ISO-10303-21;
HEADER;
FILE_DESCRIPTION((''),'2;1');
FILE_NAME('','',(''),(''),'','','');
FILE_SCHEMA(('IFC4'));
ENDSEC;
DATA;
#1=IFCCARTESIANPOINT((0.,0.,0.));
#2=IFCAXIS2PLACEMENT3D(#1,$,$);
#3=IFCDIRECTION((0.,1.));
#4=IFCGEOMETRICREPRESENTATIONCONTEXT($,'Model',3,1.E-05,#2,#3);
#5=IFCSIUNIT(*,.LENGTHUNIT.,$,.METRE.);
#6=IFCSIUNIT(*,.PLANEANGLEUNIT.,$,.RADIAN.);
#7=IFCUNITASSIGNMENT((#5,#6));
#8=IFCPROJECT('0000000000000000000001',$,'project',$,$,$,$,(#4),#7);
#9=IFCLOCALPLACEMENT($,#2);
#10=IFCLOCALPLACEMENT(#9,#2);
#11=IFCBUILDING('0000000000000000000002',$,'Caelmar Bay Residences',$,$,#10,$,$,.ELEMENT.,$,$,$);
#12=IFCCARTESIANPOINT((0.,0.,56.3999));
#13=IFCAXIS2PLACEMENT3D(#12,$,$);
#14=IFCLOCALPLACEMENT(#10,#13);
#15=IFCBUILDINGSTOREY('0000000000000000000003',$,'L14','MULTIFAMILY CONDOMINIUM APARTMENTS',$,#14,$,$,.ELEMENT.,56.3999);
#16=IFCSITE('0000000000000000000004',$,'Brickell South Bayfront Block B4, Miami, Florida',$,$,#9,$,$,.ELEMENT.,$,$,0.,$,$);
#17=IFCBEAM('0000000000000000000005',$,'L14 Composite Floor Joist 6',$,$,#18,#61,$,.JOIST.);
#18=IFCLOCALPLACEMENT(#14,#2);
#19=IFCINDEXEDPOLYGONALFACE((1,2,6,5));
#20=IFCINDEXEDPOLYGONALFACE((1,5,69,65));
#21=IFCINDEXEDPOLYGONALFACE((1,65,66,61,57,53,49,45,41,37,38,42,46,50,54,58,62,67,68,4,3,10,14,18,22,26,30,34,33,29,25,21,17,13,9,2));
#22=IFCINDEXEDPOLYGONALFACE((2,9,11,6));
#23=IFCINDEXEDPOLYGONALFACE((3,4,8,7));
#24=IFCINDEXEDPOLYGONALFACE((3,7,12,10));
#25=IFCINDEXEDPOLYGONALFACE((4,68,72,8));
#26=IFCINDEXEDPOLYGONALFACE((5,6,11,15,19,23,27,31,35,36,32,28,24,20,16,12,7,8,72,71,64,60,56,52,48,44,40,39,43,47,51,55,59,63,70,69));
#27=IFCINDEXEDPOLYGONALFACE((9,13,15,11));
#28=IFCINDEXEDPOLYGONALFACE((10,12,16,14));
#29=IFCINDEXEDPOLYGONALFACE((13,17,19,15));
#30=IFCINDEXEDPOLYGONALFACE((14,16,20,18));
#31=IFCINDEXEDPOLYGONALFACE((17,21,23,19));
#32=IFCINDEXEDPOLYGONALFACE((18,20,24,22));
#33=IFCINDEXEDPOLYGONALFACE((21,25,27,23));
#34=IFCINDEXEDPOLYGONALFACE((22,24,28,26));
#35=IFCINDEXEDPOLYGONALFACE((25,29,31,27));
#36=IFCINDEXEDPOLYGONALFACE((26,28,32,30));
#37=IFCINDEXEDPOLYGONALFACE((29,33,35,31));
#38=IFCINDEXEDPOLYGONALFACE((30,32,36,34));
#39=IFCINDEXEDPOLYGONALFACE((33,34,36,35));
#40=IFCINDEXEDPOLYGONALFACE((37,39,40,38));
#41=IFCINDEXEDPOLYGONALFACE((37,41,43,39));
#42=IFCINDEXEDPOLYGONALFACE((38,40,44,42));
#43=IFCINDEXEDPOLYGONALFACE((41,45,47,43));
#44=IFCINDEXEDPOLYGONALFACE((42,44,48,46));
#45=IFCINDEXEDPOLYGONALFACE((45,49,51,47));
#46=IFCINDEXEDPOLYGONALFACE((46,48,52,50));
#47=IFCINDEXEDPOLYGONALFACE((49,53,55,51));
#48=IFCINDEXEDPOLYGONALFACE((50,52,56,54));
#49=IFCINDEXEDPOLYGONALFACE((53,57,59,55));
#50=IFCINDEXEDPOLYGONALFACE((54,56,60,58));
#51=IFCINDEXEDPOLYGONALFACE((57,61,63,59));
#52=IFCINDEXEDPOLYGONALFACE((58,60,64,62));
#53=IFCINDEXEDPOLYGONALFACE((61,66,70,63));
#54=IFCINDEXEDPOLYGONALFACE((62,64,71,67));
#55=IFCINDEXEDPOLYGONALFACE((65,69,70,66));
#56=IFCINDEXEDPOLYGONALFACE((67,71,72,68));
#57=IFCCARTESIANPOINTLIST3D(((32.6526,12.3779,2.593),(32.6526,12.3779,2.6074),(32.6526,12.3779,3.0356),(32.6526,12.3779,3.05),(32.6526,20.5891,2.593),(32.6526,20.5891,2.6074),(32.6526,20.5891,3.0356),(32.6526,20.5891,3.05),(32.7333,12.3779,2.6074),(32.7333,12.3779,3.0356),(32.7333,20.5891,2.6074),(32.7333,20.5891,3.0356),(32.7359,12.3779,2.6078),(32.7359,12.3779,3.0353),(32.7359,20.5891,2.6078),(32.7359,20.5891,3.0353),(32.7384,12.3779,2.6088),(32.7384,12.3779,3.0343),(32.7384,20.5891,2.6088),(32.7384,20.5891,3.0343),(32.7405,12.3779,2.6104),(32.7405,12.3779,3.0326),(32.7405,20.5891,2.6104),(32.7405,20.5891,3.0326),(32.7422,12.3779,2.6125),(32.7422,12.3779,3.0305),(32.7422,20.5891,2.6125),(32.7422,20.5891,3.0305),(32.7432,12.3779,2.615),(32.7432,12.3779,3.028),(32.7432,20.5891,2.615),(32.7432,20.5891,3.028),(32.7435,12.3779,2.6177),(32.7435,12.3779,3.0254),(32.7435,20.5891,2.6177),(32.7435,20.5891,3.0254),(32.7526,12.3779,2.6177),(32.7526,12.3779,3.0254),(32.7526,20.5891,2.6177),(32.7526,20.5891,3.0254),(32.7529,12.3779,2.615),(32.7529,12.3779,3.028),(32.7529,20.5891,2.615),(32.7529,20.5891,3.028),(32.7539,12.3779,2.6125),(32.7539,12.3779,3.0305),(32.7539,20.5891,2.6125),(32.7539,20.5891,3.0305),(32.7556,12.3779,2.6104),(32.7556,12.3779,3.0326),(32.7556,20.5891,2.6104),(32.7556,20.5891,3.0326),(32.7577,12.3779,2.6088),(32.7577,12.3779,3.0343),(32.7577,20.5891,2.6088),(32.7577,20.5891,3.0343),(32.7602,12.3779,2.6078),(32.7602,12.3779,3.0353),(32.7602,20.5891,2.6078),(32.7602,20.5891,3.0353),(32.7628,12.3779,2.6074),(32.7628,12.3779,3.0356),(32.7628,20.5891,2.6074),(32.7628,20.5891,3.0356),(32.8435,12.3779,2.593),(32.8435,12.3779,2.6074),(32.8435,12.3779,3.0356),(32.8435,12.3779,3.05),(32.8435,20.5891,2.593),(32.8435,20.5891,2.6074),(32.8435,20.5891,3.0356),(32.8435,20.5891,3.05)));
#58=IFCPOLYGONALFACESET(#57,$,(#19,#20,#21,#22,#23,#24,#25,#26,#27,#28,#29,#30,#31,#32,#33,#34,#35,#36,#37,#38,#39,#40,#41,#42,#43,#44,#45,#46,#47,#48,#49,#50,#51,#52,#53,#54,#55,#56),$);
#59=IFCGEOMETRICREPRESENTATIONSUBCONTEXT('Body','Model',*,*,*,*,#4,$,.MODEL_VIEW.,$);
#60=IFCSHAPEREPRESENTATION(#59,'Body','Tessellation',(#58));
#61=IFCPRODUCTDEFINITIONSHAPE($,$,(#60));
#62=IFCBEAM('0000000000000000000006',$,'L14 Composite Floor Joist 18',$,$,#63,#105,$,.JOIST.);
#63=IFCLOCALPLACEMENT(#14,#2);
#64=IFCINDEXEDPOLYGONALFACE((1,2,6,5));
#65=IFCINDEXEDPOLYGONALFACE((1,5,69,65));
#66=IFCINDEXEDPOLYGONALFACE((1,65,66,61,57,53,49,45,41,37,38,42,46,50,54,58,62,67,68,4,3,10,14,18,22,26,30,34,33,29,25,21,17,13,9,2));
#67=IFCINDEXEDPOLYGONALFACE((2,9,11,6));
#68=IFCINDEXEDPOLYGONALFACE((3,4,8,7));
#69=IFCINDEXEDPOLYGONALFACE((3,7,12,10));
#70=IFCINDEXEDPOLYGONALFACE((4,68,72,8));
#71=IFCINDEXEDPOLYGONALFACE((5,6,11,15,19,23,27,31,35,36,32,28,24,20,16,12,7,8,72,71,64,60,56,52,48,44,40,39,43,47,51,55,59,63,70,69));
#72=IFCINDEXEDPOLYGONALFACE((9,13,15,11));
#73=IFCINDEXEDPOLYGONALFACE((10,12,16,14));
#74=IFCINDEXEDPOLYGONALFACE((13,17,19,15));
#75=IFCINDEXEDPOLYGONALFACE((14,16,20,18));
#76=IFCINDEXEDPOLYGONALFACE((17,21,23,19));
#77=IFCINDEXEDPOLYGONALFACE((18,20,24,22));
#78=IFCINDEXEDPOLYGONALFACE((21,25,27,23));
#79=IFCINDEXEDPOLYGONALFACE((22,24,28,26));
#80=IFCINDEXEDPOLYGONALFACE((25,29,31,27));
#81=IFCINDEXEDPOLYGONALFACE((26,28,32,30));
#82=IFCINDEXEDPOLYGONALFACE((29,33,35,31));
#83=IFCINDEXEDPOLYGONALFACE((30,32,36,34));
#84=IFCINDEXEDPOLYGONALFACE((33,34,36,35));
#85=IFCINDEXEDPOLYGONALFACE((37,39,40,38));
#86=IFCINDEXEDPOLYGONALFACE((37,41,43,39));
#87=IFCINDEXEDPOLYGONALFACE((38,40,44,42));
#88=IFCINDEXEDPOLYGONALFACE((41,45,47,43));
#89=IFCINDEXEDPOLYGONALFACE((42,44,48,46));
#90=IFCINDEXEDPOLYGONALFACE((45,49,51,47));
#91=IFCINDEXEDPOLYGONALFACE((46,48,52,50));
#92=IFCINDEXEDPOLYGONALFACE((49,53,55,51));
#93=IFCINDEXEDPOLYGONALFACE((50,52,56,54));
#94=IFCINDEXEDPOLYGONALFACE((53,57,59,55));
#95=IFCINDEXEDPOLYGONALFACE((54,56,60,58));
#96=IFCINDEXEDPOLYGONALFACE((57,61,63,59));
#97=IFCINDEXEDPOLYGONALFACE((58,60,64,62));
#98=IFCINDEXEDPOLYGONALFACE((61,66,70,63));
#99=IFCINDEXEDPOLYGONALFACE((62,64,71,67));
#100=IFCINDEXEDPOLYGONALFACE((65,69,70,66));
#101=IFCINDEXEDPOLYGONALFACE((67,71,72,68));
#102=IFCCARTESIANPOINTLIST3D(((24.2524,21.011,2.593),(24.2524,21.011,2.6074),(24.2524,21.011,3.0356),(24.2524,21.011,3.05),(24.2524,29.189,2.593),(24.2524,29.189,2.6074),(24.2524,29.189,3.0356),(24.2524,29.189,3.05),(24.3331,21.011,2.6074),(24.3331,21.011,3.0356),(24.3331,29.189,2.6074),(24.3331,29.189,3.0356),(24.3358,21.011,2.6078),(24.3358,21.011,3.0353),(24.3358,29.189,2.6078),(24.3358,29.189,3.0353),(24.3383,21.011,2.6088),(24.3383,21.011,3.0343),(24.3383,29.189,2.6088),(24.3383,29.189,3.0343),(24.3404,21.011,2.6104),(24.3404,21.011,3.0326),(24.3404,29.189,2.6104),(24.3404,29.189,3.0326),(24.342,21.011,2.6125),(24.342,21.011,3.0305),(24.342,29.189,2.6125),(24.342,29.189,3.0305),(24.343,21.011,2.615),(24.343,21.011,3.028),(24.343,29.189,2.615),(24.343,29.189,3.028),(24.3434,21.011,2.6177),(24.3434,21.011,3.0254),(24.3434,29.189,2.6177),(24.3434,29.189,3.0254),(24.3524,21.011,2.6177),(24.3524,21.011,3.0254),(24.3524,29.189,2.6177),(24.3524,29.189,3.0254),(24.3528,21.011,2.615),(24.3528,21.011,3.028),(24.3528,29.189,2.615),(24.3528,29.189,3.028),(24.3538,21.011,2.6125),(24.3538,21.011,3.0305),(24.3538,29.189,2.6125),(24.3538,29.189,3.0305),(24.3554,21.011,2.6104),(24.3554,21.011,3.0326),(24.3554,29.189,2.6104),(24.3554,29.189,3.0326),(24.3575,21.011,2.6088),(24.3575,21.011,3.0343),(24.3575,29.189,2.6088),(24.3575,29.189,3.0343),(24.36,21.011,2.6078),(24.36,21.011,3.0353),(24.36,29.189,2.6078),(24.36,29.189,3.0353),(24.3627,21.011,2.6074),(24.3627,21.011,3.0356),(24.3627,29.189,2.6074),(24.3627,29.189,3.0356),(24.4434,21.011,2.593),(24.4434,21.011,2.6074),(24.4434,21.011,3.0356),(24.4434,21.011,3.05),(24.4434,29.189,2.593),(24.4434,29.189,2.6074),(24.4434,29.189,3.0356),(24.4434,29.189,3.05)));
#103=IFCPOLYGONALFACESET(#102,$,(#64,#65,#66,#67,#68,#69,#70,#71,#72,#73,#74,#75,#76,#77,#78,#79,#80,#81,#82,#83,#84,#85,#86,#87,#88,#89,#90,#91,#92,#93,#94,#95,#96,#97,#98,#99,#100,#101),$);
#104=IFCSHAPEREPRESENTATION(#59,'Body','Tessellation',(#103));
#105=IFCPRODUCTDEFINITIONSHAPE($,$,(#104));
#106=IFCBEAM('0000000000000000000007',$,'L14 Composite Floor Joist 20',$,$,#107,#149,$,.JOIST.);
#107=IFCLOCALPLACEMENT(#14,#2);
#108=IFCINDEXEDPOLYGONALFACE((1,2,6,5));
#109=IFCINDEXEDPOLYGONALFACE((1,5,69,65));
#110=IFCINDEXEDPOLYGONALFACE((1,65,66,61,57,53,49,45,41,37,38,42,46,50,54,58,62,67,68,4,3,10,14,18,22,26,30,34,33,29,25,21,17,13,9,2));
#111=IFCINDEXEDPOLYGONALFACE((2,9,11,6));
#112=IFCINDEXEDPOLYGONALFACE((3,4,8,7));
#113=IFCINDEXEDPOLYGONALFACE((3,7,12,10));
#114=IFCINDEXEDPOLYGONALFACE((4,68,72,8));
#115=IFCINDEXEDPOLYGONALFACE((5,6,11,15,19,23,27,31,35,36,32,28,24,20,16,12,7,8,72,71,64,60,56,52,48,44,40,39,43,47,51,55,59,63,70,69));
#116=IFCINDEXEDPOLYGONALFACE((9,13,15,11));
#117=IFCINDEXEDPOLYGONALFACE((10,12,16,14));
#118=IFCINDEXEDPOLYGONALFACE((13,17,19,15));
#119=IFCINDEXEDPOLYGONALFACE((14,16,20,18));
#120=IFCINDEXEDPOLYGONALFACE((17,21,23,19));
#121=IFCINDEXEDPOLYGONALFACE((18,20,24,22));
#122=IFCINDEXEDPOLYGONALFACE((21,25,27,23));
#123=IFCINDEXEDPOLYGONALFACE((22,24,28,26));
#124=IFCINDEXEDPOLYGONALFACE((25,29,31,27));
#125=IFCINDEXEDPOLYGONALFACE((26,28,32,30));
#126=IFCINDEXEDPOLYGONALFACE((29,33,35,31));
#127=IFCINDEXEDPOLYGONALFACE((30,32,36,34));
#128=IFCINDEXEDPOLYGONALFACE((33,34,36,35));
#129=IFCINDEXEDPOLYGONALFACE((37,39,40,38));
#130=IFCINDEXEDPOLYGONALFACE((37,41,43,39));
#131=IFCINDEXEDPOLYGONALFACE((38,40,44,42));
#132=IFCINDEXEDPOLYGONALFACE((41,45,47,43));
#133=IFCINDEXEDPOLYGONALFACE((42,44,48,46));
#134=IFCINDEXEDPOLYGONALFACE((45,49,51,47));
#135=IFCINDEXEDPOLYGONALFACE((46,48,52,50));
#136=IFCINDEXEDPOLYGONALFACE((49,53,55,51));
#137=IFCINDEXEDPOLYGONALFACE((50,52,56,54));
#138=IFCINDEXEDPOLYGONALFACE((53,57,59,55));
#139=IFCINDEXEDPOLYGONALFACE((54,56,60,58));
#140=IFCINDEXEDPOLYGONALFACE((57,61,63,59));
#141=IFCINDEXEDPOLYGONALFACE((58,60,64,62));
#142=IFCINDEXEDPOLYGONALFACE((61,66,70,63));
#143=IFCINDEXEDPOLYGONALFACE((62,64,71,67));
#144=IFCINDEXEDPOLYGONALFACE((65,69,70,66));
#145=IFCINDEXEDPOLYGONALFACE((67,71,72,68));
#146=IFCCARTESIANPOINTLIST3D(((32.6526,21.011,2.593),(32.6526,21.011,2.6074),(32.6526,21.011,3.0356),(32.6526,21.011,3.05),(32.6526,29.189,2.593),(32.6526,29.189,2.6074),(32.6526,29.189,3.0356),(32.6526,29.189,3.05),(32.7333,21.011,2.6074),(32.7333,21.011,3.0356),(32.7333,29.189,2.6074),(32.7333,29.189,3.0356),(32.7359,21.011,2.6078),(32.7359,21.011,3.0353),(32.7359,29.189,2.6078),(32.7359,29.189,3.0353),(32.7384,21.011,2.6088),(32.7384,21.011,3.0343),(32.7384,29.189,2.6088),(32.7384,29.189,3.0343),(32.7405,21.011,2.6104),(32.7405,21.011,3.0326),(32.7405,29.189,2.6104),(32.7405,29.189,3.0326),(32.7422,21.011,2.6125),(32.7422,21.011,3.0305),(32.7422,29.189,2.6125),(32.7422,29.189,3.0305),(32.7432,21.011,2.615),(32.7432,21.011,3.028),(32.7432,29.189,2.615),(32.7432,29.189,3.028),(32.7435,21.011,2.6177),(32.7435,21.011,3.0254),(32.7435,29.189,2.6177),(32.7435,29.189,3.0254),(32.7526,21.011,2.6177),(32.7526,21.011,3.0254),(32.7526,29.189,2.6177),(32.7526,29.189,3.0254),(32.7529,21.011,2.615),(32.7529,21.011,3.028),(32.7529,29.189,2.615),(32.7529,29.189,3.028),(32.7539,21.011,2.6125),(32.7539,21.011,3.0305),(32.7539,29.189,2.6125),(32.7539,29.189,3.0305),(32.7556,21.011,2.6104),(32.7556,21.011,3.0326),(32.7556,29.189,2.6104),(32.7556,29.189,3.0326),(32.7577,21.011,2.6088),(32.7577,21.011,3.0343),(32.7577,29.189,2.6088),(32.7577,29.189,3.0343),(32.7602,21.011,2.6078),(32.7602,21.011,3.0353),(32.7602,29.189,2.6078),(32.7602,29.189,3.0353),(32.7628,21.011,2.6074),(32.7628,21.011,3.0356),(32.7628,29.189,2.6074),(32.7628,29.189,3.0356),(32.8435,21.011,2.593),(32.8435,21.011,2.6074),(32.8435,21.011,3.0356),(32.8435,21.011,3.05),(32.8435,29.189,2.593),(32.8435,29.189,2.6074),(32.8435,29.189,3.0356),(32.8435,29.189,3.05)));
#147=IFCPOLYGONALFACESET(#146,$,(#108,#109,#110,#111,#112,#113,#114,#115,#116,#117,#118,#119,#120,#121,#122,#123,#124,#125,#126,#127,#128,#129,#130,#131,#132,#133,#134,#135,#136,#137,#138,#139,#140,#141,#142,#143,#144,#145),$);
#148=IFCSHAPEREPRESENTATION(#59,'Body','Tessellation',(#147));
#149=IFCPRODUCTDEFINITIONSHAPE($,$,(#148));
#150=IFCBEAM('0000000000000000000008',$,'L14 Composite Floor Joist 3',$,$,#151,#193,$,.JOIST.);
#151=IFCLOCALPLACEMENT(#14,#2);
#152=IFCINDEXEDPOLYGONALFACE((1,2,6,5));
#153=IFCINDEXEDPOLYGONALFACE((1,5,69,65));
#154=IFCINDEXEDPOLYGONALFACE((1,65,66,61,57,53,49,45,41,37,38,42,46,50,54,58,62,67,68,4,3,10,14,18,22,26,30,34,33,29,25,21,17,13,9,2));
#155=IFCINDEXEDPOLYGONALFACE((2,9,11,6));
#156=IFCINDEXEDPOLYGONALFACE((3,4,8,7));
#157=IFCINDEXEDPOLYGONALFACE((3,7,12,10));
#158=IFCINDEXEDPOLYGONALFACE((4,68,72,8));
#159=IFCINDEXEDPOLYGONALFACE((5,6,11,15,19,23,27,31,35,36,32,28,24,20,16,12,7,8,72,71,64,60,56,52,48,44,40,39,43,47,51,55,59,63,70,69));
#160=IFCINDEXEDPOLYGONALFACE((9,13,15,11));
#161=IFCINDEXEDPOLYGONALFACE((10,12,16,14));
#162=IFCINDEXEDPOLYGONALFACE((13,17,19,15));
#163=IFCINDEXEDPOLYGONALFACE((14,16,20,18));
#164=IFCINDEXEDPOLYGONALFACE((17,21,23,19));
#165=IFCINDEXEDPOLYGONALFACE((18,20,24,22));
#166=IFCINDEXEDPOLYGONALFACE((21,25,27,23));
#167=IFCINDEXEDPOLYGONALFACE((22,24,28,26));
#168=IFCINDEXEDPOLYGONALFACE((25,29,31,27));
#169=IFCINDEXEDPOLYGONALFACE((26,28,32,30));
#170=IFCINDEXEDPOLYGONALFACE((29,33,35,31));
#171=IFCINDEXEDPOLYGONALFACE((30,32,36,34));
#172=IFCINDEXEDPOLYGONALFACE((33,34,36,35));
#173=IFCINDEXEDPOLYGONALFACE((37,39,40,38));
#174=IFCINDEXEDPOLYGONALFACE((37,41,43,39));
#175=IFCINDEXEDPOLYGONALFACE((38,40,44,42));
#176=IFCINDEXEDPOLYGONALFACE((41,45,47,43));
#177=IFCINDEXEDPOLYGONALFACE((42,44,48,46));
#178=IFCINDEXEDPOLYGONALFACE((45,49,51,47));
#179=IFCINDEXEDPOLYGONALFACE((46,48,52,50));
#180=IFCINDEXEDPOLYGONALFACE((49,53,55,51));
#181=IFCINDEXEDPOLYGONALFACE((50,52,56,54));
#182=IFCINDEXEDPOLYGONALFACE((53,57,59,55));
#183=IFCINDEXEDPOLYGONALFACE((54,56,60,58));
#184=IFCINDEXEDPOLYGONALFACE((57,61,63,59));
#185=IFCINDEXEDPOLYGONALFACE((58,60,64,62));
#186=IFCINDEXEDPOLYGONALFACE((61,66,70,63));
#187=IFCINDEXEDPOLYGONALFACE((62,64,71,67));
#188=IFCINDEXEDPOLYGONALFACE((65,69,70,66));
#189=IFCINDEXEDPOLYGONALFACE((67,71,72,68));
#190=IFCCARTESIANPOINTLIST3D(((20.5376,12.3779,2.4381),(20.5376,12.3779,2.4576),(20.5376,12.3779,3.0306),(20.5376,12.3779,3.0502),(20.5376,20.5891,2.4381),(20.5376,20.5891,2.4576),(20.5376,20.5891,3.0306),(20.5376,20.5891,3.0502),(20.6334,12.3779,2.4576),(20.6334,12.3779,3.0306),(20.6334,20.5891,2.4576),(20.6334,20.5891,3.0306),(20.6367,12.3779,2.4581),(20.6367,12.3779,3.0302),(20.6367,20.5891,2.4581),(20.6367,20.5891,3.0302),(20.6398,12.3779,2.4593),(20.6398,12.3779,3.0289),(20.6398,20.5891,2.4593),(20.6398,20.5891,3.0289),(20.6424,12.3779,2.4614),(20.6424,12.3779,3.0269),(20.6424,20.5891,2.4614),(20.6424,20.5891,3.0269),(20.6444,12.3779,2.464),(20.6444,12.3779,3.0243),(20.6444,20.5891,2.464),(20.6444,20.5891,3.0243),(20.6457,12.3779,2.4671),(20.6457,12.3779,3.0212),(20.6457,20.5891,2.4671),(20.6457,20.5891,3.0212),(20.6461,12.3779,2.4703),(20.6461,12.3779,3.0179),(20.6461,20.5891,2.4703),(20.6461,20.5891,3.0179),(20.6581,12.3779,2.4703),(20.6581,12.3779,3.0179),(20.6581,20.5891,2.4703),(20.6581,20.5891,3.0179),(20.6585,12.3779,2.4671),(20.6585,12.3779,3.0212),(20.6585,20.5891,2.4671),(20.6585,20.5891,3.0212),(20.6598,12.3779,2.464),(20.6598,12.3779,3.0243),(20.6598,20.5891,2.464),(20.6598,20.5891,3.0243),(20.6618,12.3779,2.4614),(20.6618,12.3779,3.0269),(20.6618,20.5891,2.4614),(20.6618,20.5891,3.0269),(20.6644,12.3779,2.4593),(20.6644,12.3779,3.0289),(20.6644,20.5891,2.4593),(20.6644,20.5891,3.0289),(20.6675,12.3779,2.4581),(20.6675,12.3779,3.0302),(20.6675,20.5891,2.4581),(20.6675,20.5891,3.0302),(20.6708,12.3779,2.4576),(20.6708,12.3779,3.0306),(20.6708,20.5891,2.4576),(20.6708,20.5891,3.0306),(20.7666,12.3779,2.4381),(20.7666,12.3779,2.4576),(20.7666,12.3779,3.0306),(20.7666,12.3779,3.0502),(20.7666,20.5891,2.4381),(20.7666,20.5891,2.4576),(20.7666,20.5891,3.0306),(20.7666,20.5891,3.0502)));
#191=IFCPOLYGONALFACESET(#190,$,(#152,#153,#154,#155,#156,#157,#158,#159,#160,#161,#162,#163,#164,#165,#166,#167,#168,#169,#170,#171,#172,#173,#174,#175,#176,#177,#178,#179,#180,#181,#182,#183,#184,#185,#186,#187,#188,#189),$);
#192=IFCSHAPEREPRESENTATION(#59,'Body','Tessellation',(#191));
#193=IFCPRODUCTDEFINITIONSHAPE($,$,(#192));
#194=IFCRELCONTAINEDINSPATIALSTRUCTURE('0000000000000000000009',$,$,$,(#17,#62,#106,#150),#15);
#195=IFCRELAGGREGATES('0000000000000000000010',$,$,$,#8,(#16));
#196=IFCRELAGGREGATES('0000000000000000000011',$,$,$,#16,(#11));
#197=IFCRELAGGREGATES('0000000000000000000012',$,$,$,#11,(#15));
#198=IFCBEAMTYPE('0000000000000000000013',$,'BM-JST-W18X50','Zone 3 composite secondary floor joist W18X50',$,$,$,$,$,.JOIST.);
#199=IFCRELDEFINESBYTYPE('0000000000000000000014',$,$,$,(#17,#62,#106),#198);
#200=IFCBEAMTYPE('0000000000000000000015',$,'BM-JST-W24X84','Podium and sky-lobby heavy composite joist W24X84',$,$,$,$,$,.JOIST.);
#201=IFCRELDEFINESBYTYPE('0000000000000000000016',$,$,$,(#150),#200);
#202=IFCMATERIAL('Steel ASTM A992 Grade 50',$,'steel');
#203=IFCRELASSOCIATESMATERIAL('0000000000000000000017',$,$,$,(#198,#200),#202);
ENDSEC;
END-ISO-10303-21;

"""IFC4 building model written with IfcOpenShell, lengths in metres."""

from ifc_helpers import new_model, si_unit, direction, frame, origin, origin_2d, place, context, subcontext, project, spatial, i_section, extrude, material, material_profile, profile_set, type_object, element, save


model = new_model("IFC4")

# Units and contexts
model_context = context("Model", 3, precision=1e-05, world=origin(), true_north=direction((0.0, 1.0)))
body_context = subcontext(model_context, "Body", "Model", "MODEL_VIEW")
ifc_project = project(units=[si_unit("LENGTHUNIT", "METRE"), si_unit("PLANEANGLEUNIT", "RADIAN")], contexts=[model_context])

# Site, building, storey
site_placement = place(None, origin())
site = spatial("IfcSite", under=ifc_project, at=site_placement, Name="Brickell South Bayfront Block B4, Miami, Florida", CompositionType="ELEMENT", RefElevation=0.0)
building_placement = place(site_placement, origin())
building = spatial("IfcBuilding", under=site, at=building_placement, Name="Caelmar Bay Residences", CompositionType="ELEMENT")
storey_placement = place(building_placement, frame((0.0, 0.0, 56.3999)))
storey = spatial("IfcBuildingStorey", under=building, at=storey_placement, Name="L14", Description="MULTIFAMILY CONDOMINIUM APARTMENTS", CompositionType="ELEMENT", Elevation=56.3999)

# Beams
ifc_material_1 = material(Name="Steel ASTM A992 Grade 50", Category="steel")
ifc_material_profile_1 = material_profile(ifc_material_1, i_section(OverallWidth=0.1909, OverallDepth=0.457, WebThickness=0.009, FlangeThickness=0.0144, FilletRadius=0.0103, at=origin_2d()), Name="W18X50")
ifc_profile_set_1 = profile_set([ifc_material_profile_1], Name="Steel ASTM A992 Grade 50")
beam_type_1 = type_object("IfcBeamType", Name="BM-JST-W18X50", Description="Zone 3 composite secondary floor joist W18X50", PredefinedType="JOIST", material=ifc_profile_set_1)
for number, where, z_axis, x_axis, name in (
    (1, (32.748, 12.3779, 2.8215), (0.0, 1.0, 0.0), (-1.0, 0.0, 0.0), "L14 Composite Floor Joist 6"),
):
    element("IfcBeam", number, at=place(storey_placement, frame(where, z_axis=z_axis, x_axis=x_axis)), inside=storey, type_object=beam_type_1, Name=name, PredefinedType="JOIST", context=body_context, shape_type="SweptSolid", body=[
        extrude(i_section(OverallWidth=0.1909, OverallDepth=0.457, WebThickness=0.009, FlangeThickness=0.0144, FilletRadius=0.0103, at=origin_2d()), origin(), (0.0, 0.0, 1.0), 8.2112),
    ])
for number, where, z_axis, x_axis, name in (
    (2, (24.3479, 21.011, 2.8215), (0.0, 1.0, 0.0), (-1.0, 0.0, 0.0), "L14 Composite Floor Joist 18"),
    (3, (32.748, 21.011, 2.8215), (0.0, 1.0, 0.0), (-1.0, 0.0, 0.0), "L14 Composite Floor Joist 20"),
):
    element("IfcBeam", number, at=place(storey_placement, frame(where, z_axis=z_axis, x_axis=x_axis)), inside=storey, type_object=beam_type_1, Name=name, PredefinedType="JOIST", context=body_context, shape_type="SweptSolid", body=[
        extrude(i_section(OverallWidth=0.1909, OverallDepth=0.457, WebThickness=0.009, FlangeThickness=0.0144, FilletRadius=0.0103, at=origin_2d()), origin(), (0.0, 0.0, 1.0), 8.178),
    ])
ifc_material_profile_2 = material_profile(ifc_material_1, i_section(OverallWidth=0.229, OverallDepth=0.6121, WebThickness=0.012, FlangeThickness=0.0195, FilletRadius=0.0127, at=origin_2d()), Name="W24X84")
ifc_profile_set_2 = profile_set([ifc_material_profile_2], Name="Steel ASTM A992 Grade 50")
beam_type_2 = type_object("IfcBeamType", Name="BM-JST-W24X84", Description="Podium and sky-lobby heavy composite joist W24X84", PredefinedType="JOIST", material=ifc_profile_set_2)
for number, where, z_axis, x_axis, name in (
    (4, (20.6521, 12.3779, 2.7441), (0.0, 1.0, 0.0), (-1.0, 0.0, 0.0), "L14 Composite Floor Joist 3"),
):
    element("IfcBeam", number, at=place(storey_placement, frame(where, z_axis=z_axis, x_axis=x_axis)), inside=storey, type_object=beam_type_2, Name=name, PredefinedType="JOIST", context=body_context, shape_type="SweptSolid", body=[
        extrude(i_section(OverallWidth=0.229, OverallDepth=0.6121, WebThickness=0.012, FlangeThickness=0.0195, FilletRadius=0.0127, at=origin_2d()), origin(), (0.0, 0.0, 1.0), 8.2112),
    ])

save(model, "model.ifc")
